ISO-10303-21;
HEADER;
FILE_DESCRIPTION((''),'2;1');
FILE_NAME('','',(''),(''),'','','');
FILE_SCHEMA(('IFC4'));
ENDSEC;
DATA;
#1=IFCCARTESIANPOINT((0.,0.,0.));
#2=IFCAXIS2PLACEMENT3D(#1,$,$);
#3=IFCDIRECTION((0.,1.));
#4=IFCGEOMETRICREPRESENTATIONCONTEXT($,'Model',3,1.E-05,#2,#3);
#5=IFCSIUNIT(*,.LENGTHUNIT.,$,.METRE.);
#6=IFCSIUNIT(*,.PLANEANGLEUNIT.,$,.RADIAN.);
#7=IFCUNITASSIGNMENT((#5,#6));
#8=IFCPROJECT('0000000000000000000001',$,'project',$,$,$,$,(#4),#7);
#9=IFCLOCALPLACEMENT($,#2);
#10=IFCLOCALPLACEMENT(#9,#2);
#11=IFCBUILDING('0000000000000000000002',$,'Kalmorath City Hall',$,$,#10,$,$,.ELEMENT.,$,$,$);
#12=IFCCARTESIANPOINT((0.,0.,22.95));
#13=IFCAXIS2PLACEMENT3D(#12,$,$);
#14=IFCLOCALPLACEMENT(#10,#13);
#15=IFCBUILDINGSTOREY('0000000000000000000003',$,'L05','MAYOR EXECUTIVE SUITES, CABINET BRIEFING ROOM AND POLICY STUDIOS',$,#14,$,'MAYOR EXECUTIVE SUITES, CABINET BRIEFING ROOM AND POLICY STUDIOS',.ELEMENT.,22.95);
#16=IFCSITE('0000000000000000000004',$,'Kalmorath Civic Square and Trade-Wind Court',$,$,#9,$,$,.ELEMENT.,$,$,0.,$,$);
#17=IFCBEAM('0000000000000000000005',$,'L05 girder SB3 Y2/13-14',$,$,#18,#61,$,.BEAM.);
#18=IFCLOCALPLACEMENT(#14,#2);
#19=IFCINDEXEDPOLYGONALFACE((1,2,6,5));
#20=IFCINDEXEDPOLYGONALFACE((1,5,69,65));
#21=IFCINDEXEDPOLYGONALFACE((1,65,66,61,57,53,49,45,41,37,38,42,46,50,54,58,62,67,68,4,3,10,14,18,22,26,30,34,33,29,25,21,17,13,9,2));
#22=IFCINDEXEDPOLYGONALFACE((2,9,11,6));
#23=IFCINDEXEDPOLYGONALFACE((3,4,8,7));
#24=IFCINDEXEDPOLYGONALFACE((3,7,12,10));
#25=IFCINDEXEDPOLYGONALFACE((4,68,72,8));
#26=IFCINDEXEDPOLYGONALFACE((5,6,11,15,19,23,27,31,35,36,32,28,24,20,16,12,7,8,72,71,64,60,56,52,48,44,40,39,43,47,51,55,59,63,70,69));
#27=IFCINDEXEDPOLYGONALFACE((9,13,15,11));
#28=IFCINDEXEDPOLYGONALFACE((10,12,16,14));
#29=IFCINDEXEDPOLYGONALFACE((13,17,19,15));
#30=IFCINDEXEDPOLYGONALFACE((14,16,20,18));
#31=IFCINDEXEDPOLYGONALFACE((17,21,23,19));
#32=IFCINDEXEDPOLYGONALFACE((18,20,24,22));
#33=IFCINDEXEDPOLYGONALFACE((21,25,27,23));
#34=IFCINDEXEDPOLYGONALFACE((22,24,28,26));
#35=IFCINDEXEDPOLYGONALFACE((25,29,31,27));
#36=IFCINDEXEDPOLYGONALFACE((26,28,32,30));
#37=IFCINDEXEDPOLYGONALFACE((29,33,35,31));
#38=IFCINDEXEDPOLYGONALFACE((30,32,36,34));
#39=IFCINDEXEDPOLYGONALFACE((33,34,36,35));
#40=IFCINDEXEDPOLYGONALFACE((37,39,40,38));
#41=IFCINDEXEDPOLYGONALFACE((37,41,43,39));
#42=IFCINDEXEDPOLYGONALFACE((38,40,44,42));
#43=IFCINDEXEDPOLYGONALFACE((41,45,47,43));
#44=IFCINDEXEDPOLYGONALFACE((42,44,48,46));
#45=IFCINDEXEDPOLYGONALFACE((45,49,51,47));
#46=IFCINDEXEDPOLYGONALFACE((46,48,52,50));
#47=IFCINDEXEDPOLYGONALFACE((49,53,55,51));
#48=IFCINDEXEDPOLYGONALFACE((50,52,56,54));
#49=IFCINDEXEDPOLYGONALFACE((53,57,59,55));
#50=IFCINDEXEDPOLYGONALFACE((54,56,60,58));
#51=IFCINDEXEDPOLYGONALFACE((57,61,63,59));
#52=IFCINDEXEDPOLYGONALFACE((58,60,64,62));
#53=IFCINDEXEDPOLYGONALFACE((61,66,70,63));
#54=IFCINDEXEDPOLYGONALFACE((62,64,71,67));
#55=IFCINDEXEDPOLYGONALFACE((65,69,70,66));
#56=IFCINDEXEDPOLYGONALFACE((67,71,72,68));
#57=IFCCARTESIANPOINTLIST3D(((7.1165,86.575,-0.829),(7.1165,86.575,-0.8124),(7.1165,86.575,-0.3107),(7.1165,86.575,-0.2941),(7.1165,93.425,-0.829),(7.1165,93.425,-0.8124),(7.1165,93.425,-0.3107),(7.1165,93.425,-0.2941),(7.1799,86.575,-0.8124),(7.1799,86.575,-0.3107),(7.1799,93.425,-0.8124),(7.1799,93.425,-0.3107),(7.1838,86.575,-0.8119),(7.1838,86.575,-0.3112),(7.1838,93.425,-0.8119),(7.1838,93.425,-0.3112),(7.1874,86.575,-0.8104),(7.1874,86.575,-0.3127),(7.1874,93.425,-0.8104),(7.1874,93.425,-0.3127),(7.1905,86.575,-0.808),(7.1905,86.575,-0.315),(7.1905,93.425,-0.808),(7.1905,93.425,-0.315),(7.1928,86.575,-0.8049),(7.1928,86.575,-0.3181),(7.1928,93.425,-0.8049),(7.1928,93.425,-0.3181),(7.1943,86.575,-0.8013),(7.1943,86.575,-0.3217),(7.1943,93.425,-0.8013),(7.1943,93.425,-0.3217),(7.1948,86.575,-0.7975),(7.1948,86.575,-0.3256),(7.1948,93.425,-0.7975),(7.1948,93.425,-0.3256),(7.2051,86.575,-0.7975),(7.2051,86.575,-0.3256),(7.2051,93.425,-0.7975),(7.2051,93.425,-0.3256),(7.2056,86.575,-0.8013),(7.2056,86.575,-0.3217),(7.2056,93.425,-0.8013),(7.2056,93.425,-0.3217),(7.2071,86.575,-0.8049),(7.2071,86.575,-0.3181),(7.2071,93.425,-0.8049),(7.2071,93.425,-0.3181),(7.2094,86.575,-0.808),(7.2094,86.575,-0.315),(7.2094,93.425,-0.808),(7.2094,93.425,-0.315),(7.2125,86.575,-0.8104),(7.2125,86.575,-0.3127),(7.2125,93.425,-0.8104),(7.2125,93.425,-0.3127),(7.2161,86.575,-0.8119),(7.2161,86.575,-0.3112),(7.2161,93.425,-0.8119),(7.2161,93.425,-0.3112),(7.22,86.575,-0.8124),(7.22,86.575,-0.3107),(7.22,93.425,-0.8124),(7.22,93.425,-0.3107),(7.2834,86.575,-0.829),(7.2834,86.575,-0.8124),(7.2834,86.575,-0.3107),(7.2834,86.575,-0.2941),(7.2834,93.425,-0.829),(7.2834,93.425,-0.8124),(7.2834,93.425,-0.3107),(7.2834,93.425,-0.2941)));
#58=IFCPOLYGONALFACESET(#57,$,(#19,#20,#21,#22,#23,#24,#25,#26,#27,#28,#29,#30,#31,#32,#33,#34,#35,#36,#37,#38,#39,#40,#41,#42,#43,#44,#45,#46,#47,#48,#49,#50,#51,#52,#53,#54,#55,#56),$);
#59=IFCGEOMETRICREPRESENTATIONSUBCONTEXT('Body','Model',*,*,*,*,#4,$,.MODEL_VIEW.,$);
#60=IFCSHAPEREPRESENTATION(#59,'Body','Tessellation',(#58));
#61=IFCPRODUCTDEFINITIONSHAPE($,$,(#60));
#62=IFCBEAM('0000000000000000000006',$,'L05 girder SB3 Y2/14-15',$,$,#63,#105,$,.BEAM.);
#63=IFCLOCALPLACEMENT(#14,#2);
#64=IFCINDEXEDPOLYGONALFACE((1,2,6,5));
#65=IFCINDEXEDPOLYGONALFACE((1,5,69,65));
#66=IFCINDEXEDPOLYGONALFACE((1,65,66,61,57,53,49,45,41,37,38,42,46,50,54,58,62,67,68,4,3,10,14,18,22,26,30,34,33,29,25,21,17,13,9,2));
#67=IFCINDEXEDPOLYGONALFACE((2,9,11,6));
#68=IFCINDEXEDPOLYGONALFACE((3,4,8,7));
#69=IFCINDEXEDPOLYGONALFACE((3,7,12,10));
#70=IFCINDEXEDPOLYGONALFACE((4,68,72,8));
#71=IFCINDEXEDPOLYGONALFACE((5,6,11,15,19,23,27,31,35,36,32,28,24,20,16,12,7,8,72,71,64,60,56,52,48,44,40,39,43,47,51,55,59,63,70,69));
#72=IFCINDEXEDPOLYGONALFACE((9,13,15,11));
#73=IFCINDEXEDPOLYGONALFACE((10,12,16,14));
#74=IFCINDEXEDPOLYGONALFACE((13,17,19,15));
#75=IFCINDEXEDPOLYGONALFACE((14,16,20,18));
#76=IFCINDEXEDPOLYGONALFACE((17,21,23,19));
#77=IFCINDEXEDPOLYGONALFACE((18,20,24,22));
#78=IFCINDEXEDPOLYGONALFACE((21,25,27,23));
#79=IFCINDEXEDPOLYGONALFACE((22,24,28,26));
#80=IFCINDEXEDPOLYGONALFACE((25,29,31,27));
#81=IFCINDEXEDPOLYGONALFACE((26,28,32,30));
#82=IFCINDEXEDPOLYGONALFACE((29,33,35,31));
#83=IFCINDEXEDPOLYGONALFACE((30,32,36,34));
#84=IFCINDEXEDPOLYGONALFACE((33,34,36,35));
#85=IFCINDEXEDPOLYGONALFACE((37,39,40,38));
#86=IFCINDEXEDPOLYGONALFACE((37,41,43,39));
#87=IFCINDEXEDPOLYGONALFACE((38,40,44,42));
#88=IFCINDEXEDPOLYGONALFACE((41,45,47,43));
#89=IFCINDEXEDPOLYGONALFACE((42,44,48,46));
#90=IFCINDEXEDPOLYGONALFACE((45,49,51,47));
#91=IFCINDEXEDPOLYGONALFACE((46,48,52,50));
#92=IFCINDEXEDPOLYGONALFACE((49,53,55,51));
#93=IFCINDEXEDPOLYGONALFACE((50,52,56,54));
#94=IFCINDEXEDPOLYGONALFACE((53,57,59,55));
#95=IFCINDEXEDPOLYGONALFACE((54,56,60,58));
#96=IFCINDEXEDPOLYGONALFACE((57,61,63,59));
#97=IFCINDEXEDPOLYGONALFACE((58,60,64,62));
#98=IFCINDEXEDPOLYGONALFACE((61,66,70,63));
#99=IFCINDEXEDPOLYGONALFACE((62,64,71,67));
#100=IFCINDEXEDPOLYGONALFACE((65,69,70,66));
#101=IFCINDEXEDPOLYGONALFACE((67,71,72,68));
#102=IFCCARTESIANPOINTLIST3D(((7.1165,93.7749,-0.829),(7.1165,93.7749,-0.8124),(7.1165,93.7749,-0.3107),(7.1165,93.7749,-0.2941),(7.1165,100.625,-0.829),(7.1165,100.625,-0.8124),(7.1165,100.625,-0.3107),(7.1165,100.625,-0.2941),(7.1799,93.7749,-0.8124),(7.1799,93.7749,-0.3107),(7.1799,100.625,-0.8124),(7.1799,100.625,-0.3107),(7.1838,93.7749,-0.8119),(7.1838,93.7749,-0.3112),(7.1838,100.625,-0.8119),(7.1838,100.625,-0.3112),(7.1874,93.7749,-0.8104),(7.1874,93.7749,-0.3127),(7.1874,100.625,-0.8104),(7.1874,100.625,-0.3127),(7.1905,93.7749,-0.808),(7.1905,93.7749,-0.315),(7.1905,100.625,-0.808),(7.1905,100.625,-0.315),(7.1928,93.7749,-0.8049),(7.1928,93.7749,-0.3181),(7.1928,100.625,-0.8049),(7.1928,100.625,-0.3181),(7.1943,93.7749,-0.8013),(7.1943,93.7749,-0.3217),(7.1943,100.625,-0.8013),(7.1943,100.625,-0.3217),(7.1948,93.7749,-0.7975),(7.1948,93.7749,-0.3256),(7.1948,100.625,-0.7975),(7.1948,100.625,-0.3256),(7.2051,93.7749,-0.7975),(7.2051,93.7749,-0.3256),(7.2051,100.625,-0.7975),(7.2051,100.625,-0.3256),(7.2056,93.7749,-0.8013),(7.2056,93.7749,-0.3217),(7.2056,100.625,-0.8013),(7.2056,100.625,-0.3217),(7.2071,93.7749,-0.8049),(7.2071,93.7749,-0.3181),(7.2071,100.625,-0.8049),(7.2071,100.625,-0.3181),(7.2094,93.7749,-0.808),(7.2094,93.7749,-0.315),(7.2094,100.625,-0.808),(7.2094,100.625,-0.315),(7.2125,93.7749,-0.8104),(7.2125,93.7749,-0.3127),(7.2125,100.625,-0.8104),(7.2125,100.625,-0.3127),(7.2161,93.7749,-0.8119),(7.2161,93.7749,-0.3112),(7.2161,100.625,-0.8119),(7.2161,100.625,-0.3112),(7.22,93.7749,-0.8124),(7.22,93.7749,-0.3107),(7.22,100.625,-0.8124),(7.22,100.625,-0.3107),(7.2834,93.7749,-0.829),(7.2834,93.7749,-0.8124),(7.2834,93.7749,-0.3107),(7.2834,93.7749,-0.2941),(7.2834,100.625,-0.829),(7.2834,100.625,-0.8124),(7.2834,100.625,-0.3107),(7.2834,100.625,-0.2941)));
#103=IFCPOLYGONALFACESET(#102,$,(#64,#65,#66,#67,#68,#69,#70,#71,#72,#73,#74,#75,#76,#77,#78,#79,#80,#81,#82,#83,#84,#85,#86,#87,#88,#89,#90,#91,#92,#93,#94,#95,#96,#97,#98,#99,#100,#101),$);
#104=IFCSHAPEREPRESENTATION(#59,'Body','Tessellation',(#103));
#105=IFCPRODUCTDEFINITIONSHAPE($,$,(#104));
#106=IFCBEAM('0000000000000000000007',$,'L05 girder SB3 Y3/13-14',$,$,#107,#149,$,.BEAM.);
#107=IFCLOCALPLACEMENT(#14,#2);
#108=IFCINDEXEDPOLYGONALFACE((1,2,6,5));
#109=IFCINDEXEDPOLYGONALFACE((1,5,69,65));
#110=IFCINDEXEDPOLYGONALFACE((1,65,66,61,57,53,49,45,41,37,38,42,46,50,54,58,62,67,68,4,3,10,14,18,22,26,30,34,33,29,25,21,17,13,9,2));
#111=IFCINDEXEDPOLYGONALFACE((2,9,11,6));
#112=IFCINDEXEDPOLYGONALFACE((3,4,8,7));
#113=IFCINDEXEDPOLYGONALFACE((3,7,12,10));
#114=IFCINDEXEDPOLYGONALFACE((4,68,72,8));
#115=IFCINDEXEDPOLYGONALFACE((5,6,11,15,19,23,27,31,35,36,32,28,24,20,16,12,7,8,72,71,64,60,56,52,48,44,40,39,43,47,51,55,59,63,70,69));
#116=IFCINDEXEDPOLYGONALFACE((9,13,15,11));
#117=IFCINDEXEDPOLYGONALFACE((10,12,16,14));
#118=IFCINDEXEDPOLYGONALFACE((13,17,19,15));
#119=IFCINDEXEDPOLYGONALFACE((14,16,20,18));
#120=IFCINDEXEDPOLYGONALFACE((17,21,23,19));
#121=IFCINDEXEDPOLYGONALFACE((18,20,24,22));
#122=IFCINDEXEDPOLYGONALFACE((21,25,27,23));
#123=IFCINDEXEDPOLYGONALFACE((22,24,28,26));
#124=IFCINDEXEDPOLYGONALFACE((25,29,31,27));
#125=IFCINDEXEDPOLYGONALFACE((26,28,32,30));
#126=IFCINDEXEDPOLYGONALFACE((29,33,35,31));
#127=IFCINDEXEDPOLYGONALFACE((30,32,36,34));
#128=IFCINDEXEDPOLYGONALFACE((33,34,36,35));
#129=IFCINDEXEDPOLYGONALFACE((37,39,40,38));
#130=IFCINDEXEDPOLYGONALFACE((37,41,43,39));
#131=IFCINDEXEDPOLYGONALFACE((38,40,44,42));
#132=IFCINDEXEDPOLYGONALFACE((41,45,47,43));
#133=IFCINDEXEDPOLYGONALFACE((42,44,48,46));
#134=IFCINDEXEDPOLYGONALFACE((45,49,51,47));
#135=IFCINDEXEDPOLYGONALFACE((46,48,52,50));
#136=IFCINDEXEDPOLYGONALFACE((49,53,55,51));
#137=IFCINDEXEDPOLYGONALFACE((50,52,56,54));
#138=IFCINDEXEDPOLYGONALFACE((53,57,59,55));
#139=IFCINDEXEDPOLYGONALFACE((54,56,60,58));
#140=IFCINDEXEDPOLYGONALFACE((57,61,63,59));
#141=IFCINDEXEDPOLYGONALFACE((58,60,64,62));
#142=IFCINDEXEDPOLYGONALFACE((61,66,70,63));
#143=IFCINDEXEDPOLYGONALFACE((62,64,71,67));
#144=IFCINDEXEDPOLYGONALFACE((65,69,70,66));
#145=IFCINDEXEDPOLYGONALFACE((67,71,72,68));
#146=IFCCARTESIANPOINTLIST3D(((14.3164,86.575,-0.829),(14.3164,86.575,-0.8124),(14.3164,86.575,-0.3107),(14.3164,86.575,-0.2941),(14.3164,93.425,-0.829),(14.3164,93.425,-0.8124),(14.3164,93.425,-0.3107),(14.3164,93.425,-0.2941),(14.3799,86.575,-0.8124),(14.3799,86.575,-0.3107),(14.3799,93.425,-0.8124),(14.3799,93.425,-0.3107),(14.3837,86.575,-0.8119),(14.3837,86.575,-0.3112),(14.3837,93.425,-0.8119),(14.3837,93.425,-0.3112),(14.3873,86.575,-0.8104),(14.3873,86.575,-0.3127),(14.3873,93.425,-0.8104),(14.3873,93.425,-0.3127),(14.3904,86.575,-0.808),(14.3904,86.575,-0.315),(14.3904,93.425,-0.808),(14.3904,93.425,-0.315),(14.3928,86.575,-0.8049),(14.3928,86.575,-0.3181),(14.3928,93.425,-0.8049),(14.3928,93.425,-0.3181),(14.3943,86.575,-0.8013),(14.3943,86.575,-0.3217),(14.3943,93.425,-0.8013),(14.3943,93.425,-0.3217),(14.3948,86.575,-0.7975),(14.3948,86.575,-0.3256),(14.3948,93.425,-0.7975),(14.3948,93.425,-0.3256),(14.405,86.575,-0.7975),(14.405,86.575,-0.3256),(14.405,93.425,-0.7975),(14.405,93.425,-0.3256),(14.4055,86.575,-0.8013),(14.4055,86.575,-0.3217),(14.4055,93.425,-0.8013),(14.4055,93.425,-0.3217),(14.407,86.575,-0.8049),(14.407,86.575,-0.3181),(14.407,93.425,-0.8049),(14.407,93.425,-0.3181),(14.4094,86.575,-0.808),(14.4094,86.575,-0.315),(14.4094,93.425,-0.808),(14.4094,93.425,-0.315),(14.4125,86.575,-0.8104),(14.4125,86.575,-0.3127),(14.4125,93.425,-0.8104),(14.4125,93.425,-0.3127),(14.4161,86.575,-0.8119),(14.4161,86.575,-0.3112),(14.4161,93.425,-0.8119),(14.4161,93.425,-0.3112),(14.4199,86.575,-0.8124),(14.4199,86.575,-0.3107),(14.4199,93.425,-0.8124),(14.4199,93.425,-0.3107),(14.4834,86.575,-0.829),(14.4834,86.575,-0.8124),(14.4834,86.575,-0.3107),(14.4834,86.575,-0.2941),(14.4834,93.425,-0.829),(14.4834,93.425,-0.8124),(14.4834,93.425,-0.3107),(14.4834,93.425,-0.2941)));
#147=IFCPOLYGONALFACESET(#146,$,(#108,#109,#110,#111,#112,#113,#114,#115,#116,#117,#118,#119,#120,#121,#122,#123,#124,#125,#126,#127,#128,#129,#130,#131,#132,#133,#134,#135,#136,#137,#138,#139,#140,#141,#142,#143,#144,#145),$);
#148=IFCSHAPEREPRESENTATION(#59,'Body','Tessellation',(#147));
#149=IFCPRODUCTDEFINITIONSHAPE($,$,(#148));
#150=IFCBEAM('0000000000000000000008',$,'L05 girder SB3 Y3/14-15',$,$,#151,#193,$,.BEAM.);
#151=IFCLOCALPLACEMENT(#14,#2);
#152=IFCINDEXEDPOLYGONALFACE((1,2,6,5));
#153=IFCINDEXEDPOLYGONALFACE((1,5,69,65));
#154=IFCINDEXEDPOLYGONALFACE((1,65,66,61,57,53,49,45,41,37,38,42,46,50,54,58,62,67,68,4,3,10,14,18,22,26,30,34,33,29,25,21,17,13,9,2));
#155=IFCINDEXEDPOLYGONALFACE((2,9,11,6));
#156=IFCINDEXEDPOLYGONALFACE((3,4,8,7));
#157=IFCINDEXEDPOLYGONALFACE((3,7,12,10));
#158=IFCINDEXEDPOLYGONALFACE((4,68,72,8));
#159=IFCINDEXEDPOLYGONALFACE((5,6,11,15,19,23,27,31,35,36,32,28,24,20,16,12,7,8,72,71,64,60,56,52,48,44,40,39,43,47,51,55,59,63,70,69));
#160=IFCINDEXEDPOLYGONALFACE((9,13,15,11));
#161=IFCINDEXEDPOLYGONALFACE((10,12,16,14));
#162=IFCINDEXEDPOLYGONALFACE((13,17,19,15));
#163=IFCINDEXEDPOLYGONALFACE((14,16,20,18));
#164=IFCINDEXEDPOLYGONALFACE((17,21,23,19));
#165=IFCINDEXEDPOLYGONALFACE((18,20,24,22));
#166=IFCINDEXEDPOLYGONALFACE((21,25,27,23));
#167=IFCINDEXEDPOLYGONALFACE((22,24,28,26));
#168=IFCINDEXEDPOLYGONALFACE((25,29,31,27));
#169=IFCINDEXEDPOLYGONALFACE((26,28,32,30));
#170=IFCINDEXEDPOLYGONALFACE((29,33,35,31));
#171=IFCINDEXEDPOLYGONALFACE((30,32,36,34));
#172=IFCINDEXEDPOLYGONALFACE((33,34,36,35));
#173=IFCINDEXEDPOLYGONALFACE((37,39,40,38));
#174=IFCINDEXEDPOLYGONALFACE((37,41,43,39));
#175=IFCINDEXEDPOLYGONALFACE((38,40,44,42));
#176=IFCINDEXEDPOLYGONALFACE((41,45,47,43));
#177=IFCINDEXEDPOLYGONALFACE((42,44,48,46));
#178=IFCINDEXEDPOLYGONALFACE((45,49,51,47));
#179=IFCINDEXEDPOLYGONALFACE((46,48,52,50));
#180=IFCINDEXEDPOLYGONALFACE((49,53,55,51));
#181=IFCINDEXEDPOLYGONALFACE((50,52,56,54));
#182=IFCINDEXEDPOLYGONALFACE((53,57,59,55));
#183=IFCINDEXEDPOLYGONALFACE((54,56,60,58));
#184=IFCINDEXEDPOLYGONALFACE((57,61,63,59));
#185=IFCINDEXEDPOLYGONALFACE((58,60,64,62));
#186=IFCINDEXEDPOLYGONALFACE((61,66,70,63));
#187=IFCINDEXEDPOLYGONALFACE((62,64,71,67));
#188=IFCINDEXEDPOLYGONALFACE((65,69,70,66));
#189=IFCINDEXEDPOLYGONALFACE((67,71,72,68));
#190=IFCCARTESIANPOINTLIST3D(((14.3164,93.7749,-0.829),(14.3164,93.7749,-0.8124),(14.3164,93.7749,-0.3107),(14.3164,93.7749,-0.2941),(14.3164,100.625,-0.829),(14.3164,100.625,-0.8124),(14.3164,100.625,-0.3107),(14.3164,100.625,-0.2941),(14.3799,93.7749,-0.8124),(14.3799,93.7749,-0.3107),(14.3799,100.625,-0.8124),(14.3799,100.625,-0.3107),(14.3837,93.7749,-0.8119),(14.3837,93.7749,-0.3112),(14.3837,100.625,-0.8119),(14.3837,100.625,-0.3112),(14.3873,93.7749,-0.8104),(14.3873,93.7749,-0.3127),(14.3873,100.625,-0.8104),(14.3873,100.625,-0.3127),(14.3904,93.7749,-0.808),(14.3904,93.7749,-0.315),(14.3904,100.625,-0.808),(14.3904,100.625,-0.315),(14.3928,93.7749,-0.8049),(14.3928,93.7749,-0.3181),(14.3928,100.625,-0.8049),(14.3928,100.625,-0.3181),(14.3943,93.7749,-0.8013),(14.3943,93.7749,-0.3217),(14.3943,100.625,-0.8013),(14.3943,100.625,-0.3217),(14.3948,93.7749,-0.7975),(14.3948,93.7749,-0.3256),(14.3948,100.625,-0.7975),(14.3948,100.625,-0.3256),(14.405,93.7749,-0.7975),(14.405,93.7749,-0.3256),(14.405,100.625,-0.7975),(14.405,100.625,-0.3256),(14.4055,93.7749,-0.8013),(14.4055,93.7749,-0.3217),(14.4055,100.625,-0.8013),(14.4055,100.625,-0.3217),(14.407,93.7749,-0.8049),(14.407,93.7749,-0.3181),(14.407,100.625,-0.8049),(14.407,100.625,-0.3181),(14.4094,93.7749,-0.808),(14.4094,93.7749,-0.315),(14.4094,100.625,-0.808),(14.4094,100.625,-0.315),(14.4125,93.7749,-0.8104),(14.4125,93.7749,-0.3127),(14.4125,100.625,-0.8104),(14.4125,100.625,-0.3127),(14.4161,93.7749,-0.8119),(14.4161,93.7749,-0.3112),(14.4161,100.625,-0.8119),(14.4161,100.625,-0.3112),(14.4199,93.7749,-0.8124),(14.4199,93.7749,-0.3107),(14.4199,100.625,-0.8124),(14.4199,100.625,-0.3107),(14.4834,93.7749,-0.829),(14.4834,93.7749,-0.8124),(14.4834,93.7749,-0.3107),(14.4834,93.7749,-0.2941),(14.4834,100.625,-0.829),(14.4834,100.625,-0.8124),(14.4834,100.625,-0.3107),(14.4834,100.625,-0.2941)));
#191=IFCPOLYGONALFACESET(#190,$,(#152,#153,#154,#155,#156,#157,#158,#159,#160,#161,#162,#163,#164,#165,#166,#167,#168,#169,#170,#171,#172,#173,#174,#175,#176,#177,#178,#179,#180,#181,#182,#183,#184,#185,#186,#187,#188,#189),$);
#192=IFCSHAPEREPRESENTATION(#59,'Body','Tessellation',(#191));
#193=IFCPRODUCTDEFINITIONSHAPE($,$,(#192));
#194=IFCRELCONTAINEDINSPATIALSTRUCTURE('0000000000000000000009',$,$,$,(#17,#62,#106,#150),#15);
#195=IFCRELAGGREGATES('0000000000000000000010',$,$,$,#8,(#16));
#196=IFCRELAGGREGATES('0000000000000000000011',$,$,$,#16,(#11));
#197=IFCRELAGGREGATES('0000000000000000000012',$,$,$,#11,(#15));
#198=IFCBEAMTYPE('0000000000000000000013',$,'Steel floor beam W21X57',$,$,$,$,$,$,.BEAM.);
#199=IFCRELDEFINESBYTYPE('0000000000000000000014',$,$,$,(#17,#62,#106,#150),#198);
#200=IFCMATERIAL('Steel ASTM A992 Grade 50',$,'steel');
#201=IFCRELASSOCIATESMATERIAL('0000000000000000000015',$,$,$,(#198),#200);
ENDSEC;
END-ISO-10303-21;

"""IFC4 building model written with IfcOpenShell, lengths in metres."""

from ifc_helpers import new_model, si_unit, direction, frame, origin, origin_2d, place, context, subcontext, project, spatial, i_section, extrude, material, material_profile, profile_set, type_object, element, save


model = new_model("IFC4")

# Units and contexts
model_context = context("Model", 3, precision=1e-05, world=origin(), true_north=direction((0.0, 1.0)))
body_context = subcontext(model_context, "Body", "Model", "MODEL_VIEW")
ifc_project = project(units=[si_unit("LENGTHUNIT", "METRE"), si_unit("PLANEANGLEUNIT", "RADIAN")], contexts=[model_context])

# Site, building, storey
site_placement = place(None, origin())
site = spatial("IfcSite", under=ifc_project, at=site_placement, Name="Kalmorath Civic Square and Trade-Wind Court", CompositionType="ELEMENT", RefElevation=0.0)
building_placement = place(site_placement, origin())
building = spatial("IfcBuilding", under=site, at=building_placement, Name="Kalmorath City Hall", CompositionType="ELEMENT")
storey_placement = place(building_placement, frame((0.0, 0.0, 22.95)))
storey = spatial("IfcBuildingStorey", under=building, at=storey_placement, Name="L05", Description="MAYOR EXECUTIVE SUITES, CABINET BRIEFING ROOM AND POLICY STUDIOS", LongName="MAYOR EXECUTIVE SUITES, CABINET BRIEFING ROOM AND POLICY STUDIOS", CompositionType="ELEMENT", Elevation=22.95)

# Beams
ifc_material_1 = material(Name="Steel ASTM A992 Grade 50", Category="steel")
ifc_material_profile_1 = material_profile(ifc_material_1, i_section(OverallWidth=0.167, OverallDepth=0.5349, WebThickness=0.0103, FlangeThickness=0.0166, FilletRadius=0.0149, at=origin_2d()), Name="W21X57")
ifc_profile_set_1 = profile_set([ifc_material_profile_1], Name="Steel ASTM A992 Grade 50")
beam_type_1 = type_object("IfcBeamType", Name="Steel floor beam W21X57", PredefinedType="BEAM", material=ifc_profile_set_1)
for number, where, z_axis, x_axis, name in (
    (1, (7.2, 86.575, -0.5615), (0.0, 1.0, 0.0), (-1.0, 0.0, 0.0), "L05 girder SB3 Y2/13-14"),
    (2, (7.2, 93.7749, -0.5615), (0.0, 1.0, 0.0), (-1.0, 0.0, 0.0), "L05 girder SB3 Y2/14-15"),
    (3, (14.3999, 86.575, -0.5615), (0.0, 1.0, 0.0), (-1.0, 0.0, 0.0), "L05 girder SB3 Y3/13-14"),
    (4, (14.3999, 93.7749, -0.5615), (0.0, 1.0, 0.0), (-1.0, 0.0, 0.0), "L05 girder SB3 Y3/14-15"),
):
    element("IfcBeam", number, at=place(storey_placement, frame(where, z_axis=z_axis, x_axis=x_axis)), inside=storey, type_object=beam_type_1, Name=name, PredefinedType="BEAM", context=body_context, shape_type="SweptSolid", body=[
        extrude(i_section(OverallWidth=0.167, OverallDepth=0.5349, WebThickness=0.0103, FlangeThickness=0.0166, FilletRadius=0.0149, at=origin_2d()), origin(), (0.0, 0.0, 1.0), 6.8501),
    ])

save(model, "model.ifc")
